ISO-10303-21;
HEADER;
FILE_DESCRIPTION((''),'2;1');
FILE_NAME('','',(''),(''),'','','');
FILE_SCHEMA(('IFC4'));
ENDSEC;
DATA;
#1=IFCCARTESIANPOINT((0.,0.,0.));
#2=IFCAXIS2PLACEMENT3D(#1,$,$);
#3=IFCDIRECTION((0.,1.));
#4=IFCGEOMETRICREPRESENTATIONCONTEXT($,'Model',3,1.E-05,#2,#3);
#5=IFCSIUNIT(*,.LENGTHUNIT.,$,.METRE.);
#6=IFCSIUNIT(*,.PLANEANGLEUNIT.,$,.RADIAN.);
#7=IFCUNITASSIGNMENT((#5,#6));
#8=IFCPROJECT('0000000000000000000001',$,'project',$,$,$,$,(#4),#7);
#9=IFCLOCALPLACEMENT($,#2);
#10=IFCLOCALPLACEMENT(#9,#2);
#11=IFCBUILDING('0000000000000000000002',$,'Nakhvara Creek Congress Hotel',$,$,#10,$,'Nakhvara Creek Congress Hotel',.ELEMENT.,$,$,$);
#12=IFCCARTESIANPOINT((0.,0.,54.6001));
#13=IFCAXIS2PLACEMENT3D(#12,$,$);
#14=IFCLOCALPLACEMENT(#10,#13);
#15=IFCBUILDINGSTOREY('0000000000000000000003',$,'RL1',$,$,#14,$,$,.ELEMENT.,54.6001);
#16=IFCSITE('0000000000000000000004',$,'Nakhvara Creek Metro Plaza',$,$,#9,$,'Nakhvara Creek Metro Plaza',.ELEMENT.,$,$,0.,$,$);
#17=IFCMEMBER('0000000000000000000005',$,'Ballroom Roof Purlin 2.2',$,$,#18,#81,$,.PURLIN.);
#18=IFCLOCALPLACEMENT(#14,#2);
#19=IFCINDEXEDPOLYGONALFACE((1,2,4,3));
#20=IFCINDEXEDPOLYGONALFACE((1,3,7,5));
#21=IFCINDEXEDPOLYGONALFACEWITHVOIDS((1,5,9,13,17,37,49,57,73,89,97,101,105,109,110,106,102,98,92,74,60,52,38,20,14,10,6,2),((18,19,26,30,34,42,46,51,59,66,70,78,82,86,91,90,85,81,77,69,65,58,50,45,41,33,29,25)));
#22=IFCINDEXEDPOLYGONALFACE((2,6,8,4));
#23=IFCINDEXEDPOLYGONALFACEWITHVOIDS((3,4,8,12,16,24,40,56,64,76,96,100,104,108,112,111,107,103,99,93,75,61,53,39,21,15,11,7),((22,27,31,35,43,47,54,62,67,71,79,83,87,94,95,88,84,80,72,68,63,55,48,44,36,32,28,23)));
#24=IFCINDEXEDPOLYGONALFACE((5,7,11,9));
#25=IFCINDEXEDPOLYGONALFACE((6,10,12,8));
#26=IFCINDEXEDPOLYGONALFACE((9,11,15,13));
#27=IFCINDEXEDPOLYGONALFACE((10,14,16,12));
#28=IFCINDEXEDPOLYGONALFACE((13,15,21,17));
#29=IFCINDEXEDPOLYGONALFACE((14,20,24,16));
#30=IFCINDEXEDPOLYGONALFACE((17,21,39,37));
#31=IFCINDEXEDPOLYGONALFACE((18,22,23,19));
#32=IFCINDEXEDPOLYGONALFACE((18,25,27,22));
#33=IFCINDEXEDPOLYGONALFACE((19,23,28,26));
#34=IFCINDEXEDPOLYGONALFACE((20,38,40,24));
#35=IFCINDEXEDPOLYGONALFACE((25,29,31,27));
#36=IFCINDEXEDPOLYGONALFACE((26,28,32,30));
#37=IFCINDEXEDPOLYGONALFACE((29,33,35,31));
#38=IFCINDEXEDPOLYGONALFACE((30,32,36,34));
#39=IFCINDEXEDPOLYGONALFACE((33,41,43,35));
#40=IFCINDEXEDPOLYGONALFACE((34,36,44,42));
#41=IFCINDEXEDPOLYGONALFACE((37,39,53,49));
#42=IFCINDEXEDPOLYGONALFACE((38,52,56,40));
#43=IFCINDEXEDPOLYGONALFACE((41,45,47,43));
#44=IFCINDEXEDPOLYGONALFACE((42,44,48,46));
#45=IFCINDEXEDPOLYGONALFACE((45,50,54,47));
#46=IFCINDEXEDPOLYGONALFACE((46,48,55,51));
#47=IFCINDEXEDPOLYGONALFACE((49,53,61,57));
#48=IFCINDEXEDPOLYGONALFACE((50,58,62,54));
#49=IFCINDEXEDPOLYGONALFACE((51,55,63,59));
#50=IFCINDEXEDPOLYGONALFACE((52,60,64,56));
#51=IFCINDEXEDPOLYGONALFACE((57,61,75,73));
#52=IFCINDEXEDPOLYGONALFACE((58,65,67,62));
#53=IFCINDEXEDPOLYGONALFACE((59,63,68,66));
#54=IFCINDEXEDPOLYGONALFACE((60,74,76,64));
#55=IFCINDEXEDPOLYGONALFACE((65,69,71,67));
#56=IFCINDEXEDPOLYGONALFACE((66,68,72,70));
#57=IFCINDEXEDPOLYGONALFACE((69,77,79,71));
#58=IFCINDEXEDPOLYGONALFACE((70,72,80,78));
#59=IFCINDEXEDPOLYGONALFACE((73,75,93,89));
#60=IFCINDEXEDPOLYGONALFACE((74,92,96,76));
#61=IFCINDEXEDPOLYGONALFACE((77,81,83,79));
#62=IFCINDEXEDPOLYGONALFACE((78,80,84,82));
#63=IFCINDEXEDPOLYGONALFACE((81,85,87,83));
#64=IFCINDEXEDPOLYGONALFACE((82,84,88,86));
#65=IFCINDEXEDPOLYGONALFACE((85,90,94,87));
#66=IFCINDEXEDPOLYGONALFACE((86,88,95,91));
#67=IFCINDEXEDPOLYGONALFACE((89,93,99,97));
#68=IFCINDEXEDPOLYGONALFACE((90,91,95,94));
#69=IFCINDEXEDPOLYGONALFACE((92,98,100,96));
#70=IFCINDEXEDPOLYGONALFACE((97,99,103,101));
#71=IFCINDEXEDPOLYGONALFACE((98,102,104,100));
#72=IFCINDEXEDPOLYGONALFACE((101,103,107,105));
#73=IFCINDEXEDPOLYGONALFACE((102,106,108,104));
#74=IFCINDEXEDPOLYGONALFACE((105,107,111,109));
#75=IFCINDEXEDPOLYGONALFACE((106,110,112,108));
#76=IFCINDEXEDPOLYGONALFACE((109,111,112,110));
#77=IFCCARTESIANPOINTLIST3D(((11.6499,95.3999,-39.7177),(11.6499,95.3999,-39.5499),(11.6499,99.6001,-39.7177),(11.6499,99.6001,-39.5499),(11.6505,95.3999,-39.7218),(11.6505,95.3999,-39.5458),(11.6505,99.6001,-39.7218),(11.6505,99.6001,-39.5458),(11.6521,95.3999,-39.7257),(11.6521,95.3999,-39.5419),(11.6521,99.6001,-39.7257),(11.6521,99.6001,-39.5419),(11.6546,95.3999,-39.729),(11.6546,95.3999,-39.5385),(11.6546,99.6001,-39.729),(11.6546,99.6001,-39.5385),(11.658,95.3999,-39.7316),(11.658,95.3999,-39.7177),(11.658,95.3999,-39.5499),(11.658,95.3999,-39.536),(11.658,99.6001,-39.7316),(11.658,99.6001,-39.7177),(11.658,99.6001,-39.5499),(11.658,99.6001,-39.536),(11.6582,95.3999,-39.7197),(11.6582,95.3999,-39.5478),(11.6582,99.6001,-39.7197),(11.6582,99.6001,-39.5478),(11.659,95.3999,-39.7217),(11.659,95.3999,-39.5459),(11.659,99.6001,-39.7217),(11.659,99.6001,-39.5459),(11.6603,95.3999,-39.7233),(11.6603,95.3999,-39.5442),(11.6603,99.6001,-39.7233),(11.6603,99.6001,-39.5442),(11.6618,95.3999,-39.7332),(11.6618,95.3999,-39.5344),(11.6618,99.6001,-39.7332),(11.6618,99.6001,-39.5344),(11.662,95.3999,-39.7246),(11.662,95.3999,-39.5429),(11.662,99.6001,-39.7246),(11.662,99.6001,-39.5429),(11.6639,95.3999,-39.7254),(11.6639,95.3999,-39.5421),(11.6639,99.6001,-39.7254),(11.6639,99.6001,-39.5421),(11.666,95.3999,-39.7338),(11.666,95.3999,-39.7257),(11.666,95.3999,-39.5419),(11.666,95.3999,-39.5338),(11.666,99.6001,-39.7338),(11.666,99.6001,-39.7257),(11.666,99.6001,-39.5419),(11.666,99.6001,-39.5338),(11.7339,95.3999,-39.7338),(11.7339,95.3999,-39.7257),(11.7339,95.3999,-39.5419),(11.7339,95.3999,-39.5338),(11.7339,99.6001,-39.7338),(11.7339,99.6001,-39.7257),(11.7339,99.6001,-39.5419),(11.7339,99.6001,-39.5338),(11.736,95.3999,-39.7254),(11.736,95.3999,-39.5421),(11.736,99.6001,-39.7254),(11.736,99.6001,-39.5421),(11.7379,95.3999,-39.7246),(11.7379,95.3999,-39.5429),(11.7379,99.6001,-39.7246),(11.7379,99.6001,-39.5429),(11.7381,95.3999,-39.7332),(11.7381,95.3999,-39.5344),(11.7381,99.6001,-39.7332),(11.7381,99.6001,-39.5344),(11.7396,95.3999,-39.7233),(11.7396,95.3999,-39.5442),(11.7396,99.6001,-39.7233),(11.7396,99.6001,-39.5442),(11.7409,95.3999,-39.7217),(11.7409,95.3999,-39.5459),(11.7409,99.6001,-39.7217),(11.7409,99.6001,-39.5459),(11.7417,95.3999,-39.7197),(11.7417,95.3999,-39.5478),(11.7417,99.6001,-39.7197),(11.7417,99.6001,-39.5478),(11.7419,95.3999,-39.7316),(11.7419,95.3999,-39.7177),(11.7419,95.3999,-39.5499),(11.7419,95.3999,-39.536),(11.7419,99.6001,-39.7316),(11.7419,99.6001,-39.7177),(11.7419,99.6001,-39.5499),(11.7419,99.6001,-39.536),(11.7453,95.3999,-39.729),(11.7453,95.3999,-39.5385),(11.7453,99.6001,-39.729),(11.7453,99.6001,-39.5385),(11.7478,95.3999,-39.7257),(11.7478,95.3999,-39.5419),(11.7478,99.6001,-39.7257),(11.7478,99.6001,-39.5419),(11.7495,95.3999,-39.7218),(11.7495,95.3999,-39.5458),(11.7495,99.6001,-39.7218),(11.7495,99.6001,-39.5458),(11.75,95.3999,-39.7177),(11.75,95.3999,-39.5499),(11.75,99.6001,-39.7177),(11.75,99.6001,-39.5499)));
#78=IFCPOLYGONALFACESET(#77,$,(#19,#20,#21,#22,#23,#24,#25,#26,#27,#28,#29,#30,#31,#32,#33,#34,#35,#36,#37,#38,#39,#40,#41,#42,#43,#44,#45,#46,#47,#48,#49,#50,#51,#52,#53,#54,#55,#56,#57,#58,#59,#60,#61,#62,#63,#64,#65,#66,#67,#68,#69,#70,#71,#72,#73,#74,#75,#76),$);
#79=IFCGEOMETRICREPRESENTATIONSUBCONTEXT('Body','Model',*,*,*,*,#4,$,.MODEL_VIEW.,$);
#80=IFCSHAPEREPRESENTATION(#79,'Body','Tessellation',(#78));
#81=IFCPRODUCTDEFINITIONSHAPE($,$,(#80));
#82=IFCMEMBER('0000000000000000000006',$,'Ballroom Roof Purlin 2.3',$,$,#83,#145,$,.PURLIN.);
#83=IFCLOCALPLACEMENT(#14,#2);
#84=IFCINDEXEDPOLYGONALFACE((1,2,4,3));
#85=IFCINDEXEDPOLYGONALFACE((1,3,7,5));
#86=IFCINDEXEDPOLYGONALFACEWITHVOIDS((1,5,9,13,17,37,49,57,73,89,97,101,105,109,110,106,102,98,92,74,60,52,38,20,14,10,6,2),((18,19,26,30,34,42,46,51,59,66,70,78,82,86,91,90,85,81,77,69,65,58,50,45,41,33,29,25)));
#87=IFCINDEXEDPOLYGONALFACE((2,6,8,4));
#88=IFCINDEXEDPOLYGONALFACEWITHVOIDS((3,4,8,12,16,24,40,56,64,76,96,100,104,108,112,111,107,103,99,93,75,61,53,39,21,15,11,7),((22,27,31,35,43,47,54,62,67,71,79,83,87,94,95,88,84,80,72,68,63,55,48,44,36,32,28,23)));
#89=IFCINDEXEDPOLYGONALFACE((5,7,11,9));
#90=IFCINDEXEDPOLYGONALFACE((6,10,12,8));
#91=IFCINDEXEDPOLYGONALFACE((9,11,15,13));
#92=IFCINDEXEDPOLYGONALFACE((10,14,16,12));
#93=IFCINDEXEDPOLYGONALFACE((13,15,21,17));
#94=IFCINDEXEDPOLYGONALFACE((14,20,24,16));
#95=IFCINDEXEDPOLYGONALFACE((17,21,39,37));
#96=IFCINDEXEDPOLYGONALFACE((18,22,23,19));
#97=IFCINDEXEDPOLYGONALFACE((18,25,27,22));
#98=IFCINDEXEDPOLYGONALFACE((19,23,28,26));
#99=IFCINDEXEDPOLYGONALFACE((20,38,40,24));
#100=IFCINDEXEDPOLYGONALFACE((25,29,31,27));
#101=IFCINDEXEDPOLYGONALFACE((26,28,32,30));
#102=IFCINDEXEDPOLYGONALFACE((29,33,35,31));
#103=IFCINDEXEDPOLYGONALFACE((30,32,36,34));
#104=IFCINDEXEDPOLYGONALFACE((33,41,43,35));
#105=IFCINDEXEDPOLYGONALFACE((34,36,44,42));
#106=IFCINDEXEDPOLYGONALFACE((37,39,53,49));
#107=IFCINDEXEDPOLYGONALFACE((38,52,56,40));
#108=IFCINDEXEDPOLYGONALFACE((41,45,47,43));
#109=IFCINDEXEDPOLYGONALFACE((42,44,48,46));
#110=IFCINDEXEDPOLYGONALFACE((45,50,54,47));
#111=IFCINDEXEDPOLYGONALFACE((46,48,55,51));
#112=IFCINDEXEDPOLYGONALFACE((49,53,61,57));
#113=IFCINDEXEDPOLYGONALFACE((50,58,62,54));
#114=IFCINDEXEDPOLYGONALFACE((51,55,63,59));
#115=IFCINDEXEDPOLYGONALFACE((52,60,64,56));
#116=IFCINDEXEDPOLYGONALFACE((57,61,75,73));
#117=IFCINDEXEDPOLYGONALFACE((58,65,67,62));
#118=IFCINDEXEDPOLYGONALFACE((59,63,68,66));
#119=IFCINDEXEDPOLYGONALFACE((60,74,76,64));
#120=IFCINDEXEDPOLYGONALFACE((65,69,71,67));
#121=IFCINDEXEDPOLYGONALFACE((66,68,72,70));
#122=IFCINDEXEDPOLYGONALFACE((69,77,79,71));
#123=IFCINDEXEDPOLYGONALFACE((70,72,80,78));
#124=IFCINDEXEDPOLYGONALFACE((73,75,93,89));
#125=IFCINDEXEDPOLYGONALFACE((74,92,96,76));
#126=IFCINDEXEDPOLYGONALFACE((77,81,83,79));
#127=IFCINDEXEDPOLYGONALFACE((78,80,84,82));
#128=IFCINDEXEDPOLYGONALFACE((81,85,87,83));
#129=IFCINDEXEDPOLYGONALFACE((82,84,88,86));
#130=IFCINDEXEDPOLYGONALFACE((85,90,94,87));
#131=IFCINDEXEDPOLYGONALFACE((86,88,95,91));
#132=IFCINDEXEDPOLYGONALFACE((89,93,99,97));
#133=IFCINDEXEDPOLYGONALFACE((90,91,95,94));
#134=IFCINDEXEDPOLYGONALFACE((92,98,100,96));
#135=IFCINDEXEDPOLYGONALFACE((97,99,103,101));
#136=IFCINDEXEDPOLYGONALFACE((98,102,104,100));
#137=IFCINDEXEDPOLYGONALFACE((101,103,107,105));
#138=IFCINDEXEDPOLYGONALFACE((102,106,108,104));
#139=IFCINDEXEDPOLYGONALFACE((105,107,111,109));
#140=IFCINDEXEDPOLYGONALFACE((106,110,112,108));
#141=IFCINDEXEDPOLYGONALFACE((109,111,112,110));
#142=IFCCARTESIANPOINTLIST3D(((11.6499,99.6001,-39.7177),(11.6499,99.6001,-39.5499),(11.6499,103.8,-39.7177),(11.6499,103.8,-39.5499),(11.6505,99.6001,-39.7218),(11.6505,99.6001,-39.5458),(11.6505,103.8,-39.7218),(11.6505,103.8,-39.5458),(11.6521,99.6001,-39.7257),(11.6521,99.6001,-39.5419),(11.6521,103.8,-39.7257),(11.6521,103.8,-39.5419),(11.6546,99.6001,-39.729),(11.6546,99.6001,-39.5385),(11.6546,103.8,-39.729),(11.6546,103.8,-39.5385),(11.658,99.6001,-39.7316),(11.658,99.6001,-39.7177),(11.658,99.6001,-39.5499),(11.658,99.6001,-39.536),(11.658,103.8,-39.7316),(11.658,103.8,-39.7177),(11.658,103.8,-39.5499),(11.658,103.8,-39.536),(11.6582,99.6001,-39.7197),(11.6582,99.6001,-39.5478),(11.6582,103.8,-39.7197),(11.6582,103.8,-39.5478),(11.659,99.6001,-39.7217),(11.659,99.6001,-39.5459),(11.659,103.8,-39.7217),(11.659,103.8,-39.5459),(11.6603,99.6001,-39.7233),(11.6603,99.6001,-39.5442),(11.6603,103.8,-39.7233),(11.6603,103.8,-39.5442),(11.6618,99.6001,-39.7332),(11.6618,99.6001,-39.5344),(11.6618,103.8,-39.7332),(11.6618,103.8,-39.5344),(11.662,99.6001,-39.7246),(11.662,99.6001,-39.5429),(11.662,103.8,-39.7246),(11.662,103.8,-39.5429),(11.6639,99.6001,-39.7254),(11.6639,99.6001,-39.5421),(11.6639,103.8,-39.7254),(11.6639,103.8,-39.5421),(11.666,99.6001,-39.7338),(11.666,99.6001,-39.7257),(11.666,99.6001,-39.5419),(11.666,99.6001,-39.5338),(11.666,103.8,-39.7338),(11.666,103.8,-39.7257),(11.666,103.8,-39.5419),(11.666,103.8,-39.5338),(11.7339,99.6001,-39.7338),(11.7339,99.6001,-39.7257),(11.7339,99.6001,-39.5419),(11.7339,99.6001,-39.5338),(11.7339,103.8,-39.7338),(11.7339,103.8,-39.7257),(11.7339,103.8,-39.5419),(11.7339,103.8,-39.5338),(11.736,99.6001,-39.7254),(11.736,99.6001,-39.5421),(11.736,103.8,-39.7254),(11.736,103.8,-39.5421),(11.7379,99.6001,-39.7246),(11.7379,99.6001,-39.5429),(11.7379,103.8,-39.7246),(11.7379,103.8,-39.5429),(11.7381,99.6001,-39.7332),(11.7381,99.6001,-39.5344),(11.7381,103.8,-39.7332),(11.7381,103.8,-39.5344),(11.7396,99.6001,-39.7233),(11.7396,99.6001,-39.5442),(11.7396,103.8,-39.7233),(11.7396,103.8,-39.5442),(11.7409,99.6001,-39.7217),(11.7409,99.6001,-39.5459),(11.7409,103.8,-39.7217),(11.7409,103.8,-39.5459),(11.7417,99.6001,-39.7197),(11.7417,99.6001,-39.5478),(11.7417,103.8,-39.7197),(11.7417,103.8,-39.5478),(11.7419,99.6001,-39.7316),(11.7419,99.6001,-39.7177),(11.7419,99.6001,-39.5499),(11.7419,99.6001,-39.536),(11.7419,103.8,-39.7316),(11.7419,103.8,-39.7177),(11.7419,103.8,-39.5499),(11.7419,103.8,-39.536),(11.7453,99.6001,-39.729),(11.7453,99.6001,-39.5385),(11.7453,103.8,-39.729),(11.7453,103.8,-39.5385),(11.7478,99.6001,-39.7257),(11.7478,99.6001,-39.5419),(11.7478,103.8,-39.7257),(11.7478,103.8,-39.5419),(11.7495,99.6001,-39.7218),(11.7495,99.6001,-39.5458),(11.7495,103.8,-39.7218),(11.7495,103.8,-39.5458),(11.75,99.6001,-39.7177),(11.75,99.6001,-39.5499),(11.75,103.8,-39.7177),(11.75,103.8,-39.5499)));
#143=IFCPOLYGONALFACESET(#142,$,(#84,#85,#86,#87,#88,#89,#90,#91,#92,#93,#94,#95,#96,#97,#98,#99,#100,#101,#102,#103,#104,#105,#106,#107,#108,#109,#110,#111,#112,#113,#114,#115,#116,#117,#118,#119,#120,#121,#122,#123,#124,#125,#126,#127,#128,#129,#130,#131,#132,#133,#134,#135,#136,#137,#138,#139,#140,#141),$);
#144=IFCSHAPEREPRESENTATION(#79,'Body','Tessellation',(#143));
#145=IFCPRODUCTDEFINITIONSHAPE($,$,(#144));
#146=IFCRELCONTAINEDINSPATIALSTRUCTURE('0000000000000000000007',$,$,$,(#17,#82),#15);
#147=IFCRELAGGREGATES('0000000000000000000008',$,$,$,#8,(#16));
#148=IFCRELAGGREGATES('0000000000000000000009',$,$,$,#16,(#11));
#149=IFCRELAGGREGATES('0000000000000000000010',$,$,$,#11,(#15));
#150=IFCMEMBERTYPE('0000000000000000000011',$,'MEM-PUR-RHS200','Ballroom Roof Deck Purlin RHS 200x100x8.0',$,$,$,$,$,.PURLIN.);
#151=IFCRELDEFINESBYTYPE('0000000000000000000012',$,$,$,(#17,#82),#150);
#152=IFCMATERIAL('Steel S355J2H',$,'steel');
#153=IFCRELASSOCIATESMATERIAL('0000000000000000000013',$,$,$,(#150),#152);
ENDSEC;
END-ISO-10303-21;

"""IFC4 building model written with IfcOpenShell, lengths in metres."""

from ifc_helpers import new_model, si_unit, direction, frame, origin, origin_2d, place, context, subcontext, project, spatial, hollow_rectangle, extrude, material, material_profile, profile_set, type_object, element, save


model = new_model("IFC4")

# Units and contexts
model_context = context("Model", 3, precision=1e-05, world=origin(), true_north=direction((0.0, 1.0)))
body_context = subcontext(model_context, "Body", "Model", "MODEL_VIEW")
ifc_project = project(units=[si_unit("LENGTHUNIT", "METRE"), si_unit("PLANEANGLEUNIT", "RADIAN")], contexts=[model_context])

# Site, building, storey
site_placement = place(None, origin())
site = spatial("IfcSite", under=ifc_project, at=site_placement, Name="Nakhvara Creek Metro Plaza", LongName="Nakhvara Creek Metro Plaza", CompositionType="ELEMENT", RefElevation=0.0)
building_placement = place(site_placement, origin())
building = spatial("IfcBuilding", under=site, at=building_placement, Name="Nakhvara Creek Congress Hotel", LongName="Nakhvara Creek Congress Hotel", CompositionType="ELEMENT")
storey_placement = place(building_placement, frame((0.0, 0.0, 54.6001)))
storey = spatial("IfcBuildingStorey", under=building, at=storey_placement, Name="RL1", CompositionType="ELEMENT", Elevation=54.6001)

# Members
ifc_material_1 = material(Name="Steel S355J2H", Category="steel")
ifc_material_profile_1 = material_profile(ifc_material_1, hollow_rectangle(XDim=0.1001, YDim=0.2, WallThickness=0.0081, InnerFilletRadius=0.0081, OuterFilletRadius=0.0161, at=origin_2d()), Name="RHS 200x100x8.0", Category="LoadBearing")
ifc_profile_set_1 = profile_set([ifc_material_profile_1], Name="Steel S355J2H")
member_type_1 = type_object("IfcMemberType", Name="MEM-PUR-RHS200", Description="Ballroom Roof Deck Purlin RHS 200x100x8.0", PredefinedType="PURLIN", material=ifc_profile_set_1)
member_1_placement = place(storey_placement, frame((11.7, 95.3999, -39.6338), z_axis=(0.0, 1.0, 0.0), x_axis=(-1.0, 0.0, 0.0)))
element("IfcMember", 1, at=member_1_placement, inside=storey, type_object=member_type_1, Name="Ballroom Roof Purlin 2.2", PredefinedType="PURLIN", context=body_context, shape_type="SweptSolid", body=[
    extrude(hollow_rectangle(XDim=0.1001, YDim=0.2, WallThickness=0.0081, InnerFilletRadius=0.0081, OuterFilletRadius=0.0161, at=origin_2d()), origin(), (0.0, 0.0, 1.0), 4.2002),
])
for number, where, z_axis, x_axis, name in (
    (2, (11.7, 99.6001, -39.6338), (0.0, 1.0, 0.0), (-1.0, 0.0, 0.0), "Ballroom Roof Purlin 2.3"),
):
    element("IfcMember", number, at=place(storey_placement, frame(where, z_axis=z_axis, x_axis=x_axis)), inside=storey, type_object=member_type_1, Name=name, PredefinedType="PURLIN", context=body_context, shape_type="SweptSolid", body=[
        extrude(hollow_rectangle(XDim=0.1001, YDim=0.2, WallThickness=0.0081, InnerFilletRadius=0.0081, OuterFilletRadius=0.0161, at=origin_2d()), origin(), (0.0, 0.0, 1.0), 4.2),
    ])

save(model, "model.ifc")
